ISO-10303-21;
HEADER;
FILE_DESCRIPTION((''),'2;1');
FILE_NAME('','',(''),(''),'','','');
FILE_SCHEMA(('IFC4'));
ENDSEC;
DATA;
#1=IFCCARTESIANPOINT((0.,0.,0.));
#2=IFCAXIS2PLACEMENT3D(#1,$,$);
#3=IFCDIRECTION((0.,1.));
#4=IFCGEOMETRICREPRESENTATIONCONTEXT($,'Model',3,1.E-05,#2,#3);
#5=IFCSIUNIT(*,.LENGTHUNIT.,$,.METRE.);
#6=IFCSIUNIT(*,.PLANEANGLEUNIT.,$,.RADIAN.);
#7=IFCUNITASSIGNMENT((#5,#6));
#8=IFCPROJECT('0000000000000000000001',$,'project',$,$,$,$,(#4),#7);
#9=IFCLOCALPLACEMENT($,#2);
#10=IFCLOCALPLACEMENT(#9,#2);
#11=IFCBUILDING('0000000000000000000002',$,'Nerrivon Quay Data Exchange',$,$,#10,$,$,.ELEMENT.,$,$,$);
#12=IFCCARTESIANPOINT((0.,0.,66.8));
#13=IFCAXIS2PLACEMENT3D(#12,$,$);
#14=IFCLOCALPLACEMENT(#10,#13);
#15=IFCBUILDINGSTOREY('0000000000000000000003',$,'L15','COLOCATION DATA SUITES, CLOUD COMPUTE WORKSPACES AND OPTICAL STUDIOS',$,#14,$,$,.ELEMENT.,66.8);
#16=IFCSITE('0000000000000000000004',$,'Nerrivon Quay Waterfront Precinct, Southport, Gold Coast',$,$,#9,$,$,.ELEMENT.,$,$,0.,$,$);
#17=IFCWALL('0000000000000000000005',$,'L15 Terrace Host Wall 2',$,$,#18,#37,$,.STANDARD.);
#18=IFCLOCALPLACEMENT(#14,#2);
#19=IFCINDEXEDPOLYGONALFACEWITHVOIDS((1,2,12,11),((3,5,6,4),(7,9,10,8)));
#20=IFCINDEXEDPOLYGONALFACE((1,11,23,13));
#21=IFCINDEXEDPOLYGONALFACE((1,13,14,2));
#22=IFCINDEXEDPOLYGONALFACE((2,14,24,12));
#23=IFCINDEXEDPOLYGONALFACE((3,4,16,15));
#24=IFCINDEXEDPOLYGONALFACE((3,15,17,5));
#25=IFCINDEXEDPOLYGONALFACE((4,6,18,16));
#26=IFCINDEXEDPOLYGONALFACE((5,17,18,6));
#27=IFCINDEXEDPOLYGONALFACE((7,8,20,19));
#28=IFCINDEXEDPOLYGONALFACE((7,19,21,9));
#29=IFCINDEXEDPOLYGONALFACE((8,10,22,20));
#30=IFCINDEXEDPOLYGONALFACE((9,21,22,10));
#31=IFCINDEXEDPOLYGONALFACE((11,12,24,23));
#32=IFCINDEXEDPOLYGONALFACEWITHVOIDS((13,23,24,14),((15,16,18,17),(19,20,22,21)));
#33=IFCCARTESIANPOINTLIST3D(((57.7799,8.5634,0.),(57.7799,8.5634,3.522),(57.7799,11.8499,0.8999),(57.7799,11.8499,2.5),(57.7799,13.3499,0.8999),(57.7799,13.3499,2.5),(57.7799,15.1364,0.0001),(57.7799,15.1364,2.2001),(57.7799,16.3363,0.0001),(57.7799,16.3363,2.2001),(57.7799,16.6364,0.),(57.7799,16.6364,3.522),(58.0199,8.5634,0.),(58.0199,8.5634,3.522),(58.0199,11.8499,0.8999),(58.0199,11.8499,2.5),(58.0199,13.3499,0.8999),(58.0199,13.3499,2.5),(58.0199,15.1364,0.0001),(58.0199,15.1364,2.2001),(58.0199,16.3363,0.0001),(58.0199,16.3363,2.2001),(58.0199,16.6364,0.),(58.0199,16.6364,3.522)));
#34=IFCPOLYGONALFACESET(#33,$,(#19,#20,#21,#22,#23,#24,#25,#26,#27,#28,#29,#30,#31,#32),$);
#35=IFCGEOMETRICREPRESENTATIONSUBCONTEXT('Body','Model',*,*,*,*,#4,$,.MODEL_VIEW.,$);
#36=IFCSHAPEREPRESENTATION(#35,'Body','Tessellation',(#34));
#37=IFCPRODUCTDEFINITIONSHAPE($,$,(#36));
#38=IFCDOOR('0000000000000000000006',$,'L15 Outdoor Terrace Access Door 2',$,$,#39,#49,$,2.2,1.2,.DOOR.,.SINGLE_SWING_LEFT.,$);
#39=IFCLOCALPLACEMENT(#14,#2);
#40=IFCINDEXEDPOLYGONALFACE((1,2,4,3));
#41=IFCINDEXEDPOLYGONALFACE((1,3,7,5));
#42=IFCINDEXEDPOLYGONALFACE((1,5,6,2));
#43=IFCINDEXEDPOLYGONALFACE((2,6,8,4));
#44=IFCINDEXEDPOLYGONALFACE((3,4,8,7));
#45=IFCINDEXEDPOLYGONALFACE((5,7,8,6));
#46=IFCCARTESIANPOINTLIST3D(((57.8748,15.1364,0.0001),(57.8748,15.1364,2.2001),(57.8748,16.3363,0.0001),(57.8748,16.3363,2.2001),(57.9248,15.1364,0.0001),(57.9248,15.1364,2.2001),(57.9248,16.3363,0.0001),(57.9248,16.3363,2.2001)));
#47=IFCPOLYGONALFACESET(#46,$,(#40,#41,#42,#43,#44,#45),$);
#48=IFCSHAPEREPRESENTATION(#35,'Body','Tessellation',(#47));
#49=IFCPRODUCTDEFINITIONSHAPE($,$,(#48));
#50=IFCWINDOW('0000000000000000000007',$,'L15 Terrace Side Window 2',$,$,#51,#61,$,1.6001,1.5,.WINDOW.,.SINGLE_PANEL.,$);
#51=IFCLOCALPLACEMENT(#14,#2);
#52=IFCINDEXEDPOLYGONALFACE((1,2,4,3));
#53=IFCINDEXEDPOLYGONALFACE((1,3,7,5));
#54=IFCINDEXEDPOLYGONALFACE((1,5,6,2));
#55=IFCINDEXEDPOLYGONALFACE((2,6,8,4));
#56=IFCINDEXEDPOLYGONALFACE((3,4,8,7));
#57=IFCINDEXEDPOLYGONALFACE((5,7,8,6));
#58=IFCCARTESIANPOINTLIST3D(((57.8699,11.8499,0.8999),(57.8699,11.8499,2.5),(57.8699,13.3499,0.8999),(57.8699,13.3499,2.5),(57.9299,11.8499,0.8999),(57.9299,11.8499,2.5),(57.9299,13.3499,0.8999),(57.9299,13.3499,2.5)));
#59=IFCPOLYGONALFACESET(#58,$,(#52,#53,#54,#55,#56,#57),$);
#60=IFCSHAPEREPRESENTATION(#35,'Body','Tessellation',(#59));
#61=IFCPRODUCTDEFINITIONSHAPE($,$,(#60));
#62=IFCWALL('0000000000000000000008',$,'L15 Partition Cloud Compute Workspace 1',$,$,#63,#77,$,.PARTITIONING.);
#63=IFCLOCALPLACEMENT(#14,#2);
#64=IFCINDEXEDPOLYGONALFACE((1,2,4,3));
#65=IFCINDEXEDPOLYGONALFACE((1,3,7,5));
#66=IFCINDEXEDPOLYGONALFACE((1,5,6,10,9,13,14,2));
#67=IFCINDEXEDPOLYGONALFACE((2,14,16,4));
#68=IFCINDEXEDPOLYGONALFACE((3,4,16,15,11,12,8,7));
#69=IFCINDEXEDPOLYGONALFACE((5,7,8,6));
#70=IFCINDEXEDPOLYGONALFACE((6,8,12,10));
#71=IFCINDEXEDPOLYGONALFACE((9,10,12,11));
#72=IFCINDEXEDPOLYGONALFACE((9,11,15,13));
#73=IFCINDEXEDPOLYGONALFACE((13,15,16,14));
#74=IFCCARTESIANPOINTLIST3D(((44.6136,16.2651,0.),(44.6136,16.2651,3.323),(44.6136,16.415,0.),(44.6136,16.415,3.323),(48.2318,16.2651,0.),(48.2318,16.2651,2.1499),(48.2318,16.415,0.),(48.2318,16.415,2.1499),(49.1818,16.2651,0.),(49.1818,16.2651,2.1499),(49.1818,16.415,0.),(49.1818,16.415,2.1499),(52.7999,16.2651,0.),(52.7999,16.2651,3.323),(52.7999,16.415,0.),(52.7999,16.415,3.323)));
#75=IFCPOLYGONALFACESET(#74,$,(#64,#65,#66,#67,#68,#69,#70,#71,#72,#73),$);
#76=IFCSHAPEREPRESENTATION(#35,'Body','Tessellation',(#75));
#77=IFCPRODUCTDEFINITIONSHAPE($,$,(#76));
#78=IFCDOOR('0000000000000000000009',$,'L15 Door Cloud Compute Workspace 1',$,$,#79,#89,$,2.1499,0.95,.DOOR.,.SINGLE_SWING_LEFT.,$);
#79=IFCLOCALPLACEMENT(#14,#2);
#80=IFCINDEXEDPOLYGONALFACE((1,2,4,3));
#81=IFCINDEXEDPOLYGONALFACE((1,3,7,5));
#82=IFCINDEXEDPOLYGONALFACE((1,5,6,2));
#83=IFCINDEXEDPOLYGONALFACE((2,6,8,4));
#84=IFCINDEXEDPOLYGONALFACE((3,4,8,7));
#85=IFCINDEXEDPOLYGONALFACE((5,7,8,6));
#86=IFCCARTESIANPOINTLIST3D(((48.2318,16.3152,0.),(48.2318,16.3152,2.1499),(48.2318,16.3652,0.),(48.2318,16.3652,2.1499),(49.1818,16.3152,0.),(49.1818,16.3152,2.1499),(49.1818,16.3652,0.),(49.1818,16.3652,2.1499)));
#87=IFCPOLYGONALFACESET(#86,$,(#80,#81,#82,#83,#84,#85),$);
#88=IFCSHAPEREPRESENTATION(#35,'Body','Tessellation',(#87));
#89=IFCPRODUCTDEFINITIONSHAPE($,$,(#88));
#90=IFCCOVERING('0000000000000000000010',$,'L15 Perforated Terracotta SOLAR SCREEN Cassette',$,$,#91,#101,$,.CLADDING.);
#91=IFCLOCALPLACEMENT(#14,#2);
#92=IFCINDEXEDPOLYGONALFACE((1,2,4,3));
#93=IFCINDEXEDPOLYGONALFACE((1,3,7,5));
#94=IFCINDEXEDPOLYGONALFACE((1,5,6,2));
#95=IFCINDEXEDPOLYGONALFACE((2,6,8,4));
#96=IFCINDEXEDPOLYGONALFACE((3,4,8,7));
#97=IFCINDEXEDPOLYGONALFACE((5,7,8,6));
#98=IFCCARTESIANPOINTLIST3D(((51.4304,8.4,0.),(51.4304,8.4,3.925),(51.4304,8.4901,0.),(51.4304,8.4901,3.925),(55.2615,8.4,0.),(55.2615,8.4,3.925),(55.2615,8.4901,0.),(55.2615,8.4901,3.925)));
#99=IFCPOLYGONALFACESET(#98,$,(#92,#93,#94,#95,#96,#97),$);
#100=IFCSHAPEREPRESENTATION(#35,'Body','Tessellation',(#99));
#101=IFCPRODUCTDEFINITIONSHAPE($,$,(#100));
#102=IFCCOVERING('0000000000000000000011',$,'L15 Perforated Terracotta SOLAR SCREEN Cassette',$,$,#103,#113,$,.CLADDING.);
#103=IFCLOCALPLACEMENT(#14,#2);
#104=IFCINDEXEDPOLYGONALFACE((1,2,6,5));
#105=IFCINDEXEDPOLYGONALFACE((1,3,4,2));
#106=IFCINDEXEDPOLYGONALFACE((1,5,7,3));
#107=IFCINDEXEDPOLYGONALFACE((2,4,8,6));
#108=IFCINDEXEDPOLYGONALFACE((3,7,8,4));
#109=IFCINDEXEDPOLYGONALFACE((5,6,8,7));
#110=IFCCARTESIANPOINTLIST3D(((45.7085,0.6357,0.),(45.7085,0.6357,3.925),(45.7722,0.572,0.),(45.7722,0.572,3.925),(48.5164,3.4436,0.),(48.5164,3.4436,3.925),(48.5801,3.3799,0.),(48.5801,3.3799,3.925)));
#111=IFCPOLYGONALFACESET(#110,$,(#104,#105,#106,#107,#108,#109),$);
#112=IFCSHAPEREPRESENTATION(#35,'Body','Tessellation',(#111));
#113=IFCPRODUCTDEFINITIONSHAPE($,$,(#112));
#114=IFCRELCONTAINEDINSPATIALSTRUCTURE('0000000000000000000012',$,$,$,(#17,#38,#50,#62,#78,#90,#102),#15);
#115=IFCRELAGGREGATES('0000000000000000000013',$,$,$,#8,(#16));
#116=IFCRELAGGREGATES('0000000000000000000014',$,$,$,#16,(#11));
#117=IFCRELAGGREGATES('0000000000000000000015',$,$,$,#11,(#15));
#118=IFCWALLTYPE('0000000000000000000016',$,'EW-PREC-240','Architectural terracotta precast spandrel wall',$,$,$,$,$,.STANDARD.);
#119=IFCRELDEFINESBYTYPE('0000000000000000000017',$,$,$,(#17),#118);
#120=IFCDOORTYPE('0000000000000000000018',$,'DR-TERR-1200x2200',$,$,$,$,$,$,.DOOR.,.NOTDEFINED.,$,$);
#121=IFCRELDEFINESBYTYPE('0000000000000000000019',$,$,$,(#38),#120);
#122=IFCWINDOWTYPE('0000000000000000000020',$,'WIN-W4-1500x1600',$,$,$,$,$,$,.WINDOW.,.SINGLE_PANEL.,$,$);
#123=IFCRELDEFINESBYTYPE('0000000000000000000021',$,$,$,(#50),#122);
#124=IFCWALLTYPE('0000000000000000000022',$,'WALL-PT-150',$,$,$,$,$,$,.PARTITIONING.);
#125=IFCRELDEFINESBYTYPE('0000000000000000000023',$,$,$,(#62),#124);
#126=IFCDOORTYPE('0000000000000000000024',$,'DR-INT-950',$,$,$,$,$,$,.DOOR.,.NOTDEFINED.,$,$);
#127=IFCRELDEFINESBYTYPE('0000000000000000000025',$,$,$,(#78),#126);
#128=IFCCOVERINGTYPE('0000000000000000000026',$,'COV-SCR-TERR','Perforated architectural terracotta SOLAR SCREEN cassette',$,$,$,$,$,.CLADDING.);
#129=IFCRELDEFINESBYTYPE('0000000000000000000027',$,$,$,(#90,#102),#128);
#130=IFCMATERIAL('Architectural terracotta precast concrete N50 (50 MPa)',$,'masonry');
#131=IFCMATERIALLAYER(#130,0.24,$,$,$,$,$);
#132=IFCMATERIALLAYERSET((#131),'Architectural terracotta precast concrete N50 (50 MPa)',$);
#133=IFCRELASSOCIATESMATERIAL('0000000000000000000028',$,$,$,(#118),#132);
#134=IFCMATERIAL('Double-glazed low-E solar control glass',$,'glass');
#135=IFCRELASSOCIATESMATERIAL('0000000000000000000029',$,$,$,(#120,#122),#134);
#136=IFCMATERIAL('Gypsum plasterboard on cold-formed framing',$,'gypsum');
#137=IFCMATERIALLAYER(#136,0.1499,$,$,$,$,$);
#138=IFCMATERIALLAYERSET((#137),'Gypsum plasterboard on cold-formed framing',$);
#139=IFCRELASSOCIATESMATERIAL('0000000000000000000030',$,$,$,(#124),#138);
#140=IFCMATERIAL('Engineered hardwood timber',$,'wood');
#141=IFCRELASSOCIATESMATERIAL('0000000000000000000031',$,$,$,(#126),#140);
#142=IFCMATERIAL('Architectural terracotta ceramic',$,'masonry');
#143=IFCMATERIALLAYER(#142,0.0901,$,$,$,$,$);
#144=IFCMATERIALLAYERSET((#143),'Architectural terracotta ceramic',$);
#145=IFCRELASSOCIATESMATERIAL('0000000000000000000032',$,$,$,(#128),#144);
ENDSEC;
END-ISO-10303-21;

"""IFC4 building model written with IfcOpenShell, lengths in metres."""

from ifc_helpers import new_model, si_unit, direction, frame, frame_2d, origin, origin_2d, place, context, subcontext, project, spatial, rectangle, extrude, material, layer, layer_set, type_object, element, fill, save


model = new_model("IFC4")

# Units and contexts
model_context = context("Model", 3, precision=1e-05, world=origin(), true_north=direction((0.0, 1.0)))
body_context = subcontext(model_context, "Body", "Model", "MODEL_VIEW")
ifc_project = project(units=[si_unit("LENGTHUNIT", "METRE"), si_unit("PLANEANGLEUNIT", "RADIAN")], contexts=[model_context])

# Site, building, storey
site_placement = place(None, origin())
site = spatial("IfcSite", under=ifc_project, at=site_placement, Name="Nerrivon Quay Waterfront Precinct, Southport, Gold Coast", CompositionType="ELEMENT", RefElevation=0.0)
building_placement = place(site_placement, origin())
building = spatial("IfcBuilding", under=site, at=building_placement, Name="Nerrivon Quay Data Exchange", CompositionType="ELEMENT")
storey_placement = place(building_placement, frame((0.0, 0.0, 66.8)))
storey = spatial("IfcBuildingStorey", under=building, at=storey_placement, Name="L15", Description="COLOCATION DATA SUITES, CLOUD COMPUTE WORKSPACES AND OPTICAL STUDIOS", CompositionType="ELEMENT", Elevation=66.8)

# Shared definitions
ifc_material_1 = material(Name="Double-glazed low-E solar control glass", Category="glass")

# Wall, openings, door, window
ifc_material_2 = material(Name="Architectural terracotta precast concrete N50 (50 MPa)", Category="masonry")
ifc_layer_1 = layer(ifc_material_2, 0.24)
ifc_layer_set_1 = layer_set([ifc_layer_1], Name="Architectural terracotta precast concrete N50 (50 MPa)")
wall_type_1 = type_object("IfcWallType", Name="EW-PREC-240", Description="Architectural terracotta precast spandrel wall", PredefinedType="STANDARD", material=ifc_layer_set_1)
wall_1_placement = place(storey_placement, frame((57.8999, 16.6365, 0.0), z_axis=(0.0, 0.0, 1.0), x_axis=(0.0, -1.0, 0.0)))
wall_1 = element("IfcWall", 1, at=wall_1_placement, inside=storey, type_object=wall_type_1, Name="L15 Terrace Host Wall 2", PredefinedType="STANDARD", context=body_context, shape_type="SweptSolid", body=[
    extrude(rectangle(XDim=8.073, YDim=0.24, at=frame_2d((4.0366, 0.0))), origin(), (0.0, 0.0, 1.0), 3.522),
])
opening_1_placement = place(wall_1_placement, frame((0.3, 0.0, 0.0)))
opening_1 = element("IfcOpeningElement", 2, at=opening_1_placement, cuts=wall_1, PredefinedType="OPENING", context=body_context, shape_type="SweptSolid", body=[
    extrude(rectangle(XDim=1.2, YDim=2.2, at=frame_2d((0.6001, 1.1001))), frame((0.0, 0.1299, 0.0), z_axis=(0.0, -1.0, 0.0), x_axis=(1.0, 0.0, 0.0)), (0.0, 0.0, 1.0), 0.26),
])
opening_2_placement = place(wall_1_placement, frame((3.2866, 0.0, 0.8999)))
opening_2 = element("IfcOpeningElement", 3, at=opening_2_placement, cuts=wall_1, PredefinedType="OPENING", context=body_context, shape_type="SweptSolid", body=[
    extrude(rectangle(XDim=1.5, YDim=1.6001, at=frame_2d((0.75, 0.8))), frame((0.0, 0.1299, 0.0), z_axis=(0.0, -1.0, 0.0), x_axis=(1.0, 0.0, 0.0)), (0.0, 0.0, 1.0), 0.26),
])
door_type_1 = type_object("IfcDoorType", Name="DR-TERR-1200x2200", OperationType="NOTDEFINED", PredefinedType="DOOR", material=ifc_material_1)
door_1_placement = place(opening_1_placement, origin())
door_1 = element("IfcDoor", 4, at=door_1_placement, inside=storey, type_object=door_type_1, Name="L15 Outdoor Terrace Access Door 2", OperationType="SINGLE_SWING_LEFT", OverallHeight=2.2, OverallWidth=1.2, PredefinedType="DOOR", context=body_context, shape_type="SweptSolid", body=[
    extrude(rectangle(XDim=1.2, YDim=2.2, at=frame_2d((0.6001, 1.1001))), frame((0.0, 0.0249, 0.0), z_axis=(0.0, -1.0, 0.0), x_axis=(1.0, 0.0, 0.0)), (0.0, 0.0, 1.0), 0.05),
])
fill(opening_1, door_1)
window_type = type_object("IfcWindowType", Name="WIN-W4-1500x1600", PartitioningType="SINGLE_PANEL", PredefinedType="WINDOW", material=ifc_material_1)
window_placement = place(opening_2_placement, origin())
window = element("IfcWindow", 5, at=window_placement, inside=storey, type_object=window_type, Name="L15 Terrace Side Window 2", OverallHeight=1.6001, OverallWidth=1.5, PartitioningType="SINGLE_PANEL", PredefinedType="WINDOW", context=body_context, shape_type="SweptSolid", body=[
    extrude(rectangle(XDim=1.5, YDim=1.6001, at=frame_2d((0.75, 0.8))), frame((0.0, 0.03, 0.0), z_axis=(0.0, -1.0, 0.0), x_axis=(1.0, 0.0, 0.0)), (0.0, 0.0, 1.0), 0.0601),
])
fill(opening_2, window)

# Wall, opening, door
ifc_material_3 = material(Name="Gypsum plasterboard on cold-formed framing", Category="gypsum")
ifc_layer_2 = layer(ifc_material_3, 0.1499)
ifc_layer_set_2 = layer_set([ifc_layer_2], Name="Gypsum plasterboard on cold-formed framing")
wall_type_2 = type_object("IfcWallType", Name="WALL-PT-150", PredefinedType="PARTITIONING", material=ifc_layer_set_2)
wall_2_placement = place(storey_placement, frame((52.8, 16.3401, 0.0), z_axis=(0.0, 0.0, 1.0), x_axis=(-1.0, 0.0, 0.0)))
wall_2 = element("IfcWall", 6, at=wall_2_placement, inside=storey, type_object=wall_type_2, Name="L15 Partition Cloud Compute Workspace 1", PredefinedType="PARTITIONING", context=body_context, shape_type="SweptSolid", body=[
    extrude(rectangle(XDim=8.1863, YDim=0.1499, at=frame_2d((4.0933, 0.0))), origin(), (0.0, 0.0, 1.0), 3.323),
])
opening_3_placement = place(wall_2_placement, frame((3.6182, 0.0, 0.0)))
opening_3 = element("IfcOpeningElement", 7, at=opening_3_placement, cuts=wall_2, PredefinedType="OPENING", context=body_context, shape_type="SweptSolid", body=[
    extrude(rectangle(XDim=0.95, YDim=2.1499, at=frame_2d((0.4751, 1.075))), frame((0.0, 0.085, 0.0), z_axis=(0.0, -1.0, 0.0), x_axis=(1.0, 0.0, 0.0)), (0.0, 0.0, 1.0), 0.1699),
])
ifc_material_4 = material(Name="Engineered hardwood timber", Category="wood")
door_type_2 = type_object("IfcDoorType", Name="DR-INT-950", OperationType="NOTDEFINED", PredefinedType="DOOR", material=ifc_material_4)
door_2_placement = place(opening_3_placement, origin())
door_2 = element("IfcDoor", 8, at=door_2_placement, inside=storey, type_object=door_type_2, Name="L15 Door Cloud Compute Workspace 1", OperationType="SINGLE_SWING_LEFT", OverallHeight=2.1499, OverallWidth=0.95, PredefinedType="DOOR", context=body_context, shape_type="SweptSolid", body=[
    extrude(rectangle(XDim=0.95, YDim=2.1499, at=frame_2d((0.4751, 1.075))), frame((0.0, 0.0249, 0.0), z_axis=(0.0, -1.0, 0.0), x_axis=(1.0, 0.0, 0.0)), (0.0, 0.0, 1.0), 0.05),
])
fill(opening_3, door_2)

# Coverings
ifc_material_5 = material(Name="Architectural terracotta ceramic", Category="masonry")
ifc_layer_3 = layer(ifc_material_5, 0.0901)
ifc_layer_set_3 = layer_set([ifc_layer_3], Name="Architectural terracotta ceramic")
covering_type = type_object("IfcCoveringType", Name="COV-SCR-TERR", Description="Perforated architectural terracotta SOLAR SCREEN cassette", PredefinedType="CLADDING", material=ifc_layer_set_3)
covering_1_placement = place(storey_placement, frame((53.3459, 8.4451, 0.0), z_axis=(0.0, 0.0, 1.0), x_axis=(-1.0, 0.0, 0.0)))
element("IfcCovering", 9, at=covering_1_placement, inside=storey, type_object=covering_type, Name="L15 Perforated Terracotta SOLAR SCREEN Cassette", PredefinedType="CLADDING", context=body_context, shape_type="SweptSolid", body=[
    extrude(rectangle(XDim=3.8311, YDim=0.0901, at=origin_2d()), origin(), (0.0, 0.0, 1.0), 3.925),
])
covering_2_placement = place(storey_placement, frame((47.1443, 2.0078, 0.0), z_axis=(0.0, 0.0, 1.0), x_axis=(-0.707107, -0.707107, 0.0)))
element("IfcCovering", 10, at=covering_2_placement, inside=storey, type_object=covering_type, Name="L15 Perforated Terracotta SOLAR SCREEN Cassette", PredefinedType="CLADDING", context=body_context, shape_type="SweptSolid", body=[
    extrude(rectangle(XDim=3.9709, YDim=0.0901, at=origin_2d()), origin(), (0.0, 0.0, 1.0), 3.925),
])

save(model, "model.ifc")
